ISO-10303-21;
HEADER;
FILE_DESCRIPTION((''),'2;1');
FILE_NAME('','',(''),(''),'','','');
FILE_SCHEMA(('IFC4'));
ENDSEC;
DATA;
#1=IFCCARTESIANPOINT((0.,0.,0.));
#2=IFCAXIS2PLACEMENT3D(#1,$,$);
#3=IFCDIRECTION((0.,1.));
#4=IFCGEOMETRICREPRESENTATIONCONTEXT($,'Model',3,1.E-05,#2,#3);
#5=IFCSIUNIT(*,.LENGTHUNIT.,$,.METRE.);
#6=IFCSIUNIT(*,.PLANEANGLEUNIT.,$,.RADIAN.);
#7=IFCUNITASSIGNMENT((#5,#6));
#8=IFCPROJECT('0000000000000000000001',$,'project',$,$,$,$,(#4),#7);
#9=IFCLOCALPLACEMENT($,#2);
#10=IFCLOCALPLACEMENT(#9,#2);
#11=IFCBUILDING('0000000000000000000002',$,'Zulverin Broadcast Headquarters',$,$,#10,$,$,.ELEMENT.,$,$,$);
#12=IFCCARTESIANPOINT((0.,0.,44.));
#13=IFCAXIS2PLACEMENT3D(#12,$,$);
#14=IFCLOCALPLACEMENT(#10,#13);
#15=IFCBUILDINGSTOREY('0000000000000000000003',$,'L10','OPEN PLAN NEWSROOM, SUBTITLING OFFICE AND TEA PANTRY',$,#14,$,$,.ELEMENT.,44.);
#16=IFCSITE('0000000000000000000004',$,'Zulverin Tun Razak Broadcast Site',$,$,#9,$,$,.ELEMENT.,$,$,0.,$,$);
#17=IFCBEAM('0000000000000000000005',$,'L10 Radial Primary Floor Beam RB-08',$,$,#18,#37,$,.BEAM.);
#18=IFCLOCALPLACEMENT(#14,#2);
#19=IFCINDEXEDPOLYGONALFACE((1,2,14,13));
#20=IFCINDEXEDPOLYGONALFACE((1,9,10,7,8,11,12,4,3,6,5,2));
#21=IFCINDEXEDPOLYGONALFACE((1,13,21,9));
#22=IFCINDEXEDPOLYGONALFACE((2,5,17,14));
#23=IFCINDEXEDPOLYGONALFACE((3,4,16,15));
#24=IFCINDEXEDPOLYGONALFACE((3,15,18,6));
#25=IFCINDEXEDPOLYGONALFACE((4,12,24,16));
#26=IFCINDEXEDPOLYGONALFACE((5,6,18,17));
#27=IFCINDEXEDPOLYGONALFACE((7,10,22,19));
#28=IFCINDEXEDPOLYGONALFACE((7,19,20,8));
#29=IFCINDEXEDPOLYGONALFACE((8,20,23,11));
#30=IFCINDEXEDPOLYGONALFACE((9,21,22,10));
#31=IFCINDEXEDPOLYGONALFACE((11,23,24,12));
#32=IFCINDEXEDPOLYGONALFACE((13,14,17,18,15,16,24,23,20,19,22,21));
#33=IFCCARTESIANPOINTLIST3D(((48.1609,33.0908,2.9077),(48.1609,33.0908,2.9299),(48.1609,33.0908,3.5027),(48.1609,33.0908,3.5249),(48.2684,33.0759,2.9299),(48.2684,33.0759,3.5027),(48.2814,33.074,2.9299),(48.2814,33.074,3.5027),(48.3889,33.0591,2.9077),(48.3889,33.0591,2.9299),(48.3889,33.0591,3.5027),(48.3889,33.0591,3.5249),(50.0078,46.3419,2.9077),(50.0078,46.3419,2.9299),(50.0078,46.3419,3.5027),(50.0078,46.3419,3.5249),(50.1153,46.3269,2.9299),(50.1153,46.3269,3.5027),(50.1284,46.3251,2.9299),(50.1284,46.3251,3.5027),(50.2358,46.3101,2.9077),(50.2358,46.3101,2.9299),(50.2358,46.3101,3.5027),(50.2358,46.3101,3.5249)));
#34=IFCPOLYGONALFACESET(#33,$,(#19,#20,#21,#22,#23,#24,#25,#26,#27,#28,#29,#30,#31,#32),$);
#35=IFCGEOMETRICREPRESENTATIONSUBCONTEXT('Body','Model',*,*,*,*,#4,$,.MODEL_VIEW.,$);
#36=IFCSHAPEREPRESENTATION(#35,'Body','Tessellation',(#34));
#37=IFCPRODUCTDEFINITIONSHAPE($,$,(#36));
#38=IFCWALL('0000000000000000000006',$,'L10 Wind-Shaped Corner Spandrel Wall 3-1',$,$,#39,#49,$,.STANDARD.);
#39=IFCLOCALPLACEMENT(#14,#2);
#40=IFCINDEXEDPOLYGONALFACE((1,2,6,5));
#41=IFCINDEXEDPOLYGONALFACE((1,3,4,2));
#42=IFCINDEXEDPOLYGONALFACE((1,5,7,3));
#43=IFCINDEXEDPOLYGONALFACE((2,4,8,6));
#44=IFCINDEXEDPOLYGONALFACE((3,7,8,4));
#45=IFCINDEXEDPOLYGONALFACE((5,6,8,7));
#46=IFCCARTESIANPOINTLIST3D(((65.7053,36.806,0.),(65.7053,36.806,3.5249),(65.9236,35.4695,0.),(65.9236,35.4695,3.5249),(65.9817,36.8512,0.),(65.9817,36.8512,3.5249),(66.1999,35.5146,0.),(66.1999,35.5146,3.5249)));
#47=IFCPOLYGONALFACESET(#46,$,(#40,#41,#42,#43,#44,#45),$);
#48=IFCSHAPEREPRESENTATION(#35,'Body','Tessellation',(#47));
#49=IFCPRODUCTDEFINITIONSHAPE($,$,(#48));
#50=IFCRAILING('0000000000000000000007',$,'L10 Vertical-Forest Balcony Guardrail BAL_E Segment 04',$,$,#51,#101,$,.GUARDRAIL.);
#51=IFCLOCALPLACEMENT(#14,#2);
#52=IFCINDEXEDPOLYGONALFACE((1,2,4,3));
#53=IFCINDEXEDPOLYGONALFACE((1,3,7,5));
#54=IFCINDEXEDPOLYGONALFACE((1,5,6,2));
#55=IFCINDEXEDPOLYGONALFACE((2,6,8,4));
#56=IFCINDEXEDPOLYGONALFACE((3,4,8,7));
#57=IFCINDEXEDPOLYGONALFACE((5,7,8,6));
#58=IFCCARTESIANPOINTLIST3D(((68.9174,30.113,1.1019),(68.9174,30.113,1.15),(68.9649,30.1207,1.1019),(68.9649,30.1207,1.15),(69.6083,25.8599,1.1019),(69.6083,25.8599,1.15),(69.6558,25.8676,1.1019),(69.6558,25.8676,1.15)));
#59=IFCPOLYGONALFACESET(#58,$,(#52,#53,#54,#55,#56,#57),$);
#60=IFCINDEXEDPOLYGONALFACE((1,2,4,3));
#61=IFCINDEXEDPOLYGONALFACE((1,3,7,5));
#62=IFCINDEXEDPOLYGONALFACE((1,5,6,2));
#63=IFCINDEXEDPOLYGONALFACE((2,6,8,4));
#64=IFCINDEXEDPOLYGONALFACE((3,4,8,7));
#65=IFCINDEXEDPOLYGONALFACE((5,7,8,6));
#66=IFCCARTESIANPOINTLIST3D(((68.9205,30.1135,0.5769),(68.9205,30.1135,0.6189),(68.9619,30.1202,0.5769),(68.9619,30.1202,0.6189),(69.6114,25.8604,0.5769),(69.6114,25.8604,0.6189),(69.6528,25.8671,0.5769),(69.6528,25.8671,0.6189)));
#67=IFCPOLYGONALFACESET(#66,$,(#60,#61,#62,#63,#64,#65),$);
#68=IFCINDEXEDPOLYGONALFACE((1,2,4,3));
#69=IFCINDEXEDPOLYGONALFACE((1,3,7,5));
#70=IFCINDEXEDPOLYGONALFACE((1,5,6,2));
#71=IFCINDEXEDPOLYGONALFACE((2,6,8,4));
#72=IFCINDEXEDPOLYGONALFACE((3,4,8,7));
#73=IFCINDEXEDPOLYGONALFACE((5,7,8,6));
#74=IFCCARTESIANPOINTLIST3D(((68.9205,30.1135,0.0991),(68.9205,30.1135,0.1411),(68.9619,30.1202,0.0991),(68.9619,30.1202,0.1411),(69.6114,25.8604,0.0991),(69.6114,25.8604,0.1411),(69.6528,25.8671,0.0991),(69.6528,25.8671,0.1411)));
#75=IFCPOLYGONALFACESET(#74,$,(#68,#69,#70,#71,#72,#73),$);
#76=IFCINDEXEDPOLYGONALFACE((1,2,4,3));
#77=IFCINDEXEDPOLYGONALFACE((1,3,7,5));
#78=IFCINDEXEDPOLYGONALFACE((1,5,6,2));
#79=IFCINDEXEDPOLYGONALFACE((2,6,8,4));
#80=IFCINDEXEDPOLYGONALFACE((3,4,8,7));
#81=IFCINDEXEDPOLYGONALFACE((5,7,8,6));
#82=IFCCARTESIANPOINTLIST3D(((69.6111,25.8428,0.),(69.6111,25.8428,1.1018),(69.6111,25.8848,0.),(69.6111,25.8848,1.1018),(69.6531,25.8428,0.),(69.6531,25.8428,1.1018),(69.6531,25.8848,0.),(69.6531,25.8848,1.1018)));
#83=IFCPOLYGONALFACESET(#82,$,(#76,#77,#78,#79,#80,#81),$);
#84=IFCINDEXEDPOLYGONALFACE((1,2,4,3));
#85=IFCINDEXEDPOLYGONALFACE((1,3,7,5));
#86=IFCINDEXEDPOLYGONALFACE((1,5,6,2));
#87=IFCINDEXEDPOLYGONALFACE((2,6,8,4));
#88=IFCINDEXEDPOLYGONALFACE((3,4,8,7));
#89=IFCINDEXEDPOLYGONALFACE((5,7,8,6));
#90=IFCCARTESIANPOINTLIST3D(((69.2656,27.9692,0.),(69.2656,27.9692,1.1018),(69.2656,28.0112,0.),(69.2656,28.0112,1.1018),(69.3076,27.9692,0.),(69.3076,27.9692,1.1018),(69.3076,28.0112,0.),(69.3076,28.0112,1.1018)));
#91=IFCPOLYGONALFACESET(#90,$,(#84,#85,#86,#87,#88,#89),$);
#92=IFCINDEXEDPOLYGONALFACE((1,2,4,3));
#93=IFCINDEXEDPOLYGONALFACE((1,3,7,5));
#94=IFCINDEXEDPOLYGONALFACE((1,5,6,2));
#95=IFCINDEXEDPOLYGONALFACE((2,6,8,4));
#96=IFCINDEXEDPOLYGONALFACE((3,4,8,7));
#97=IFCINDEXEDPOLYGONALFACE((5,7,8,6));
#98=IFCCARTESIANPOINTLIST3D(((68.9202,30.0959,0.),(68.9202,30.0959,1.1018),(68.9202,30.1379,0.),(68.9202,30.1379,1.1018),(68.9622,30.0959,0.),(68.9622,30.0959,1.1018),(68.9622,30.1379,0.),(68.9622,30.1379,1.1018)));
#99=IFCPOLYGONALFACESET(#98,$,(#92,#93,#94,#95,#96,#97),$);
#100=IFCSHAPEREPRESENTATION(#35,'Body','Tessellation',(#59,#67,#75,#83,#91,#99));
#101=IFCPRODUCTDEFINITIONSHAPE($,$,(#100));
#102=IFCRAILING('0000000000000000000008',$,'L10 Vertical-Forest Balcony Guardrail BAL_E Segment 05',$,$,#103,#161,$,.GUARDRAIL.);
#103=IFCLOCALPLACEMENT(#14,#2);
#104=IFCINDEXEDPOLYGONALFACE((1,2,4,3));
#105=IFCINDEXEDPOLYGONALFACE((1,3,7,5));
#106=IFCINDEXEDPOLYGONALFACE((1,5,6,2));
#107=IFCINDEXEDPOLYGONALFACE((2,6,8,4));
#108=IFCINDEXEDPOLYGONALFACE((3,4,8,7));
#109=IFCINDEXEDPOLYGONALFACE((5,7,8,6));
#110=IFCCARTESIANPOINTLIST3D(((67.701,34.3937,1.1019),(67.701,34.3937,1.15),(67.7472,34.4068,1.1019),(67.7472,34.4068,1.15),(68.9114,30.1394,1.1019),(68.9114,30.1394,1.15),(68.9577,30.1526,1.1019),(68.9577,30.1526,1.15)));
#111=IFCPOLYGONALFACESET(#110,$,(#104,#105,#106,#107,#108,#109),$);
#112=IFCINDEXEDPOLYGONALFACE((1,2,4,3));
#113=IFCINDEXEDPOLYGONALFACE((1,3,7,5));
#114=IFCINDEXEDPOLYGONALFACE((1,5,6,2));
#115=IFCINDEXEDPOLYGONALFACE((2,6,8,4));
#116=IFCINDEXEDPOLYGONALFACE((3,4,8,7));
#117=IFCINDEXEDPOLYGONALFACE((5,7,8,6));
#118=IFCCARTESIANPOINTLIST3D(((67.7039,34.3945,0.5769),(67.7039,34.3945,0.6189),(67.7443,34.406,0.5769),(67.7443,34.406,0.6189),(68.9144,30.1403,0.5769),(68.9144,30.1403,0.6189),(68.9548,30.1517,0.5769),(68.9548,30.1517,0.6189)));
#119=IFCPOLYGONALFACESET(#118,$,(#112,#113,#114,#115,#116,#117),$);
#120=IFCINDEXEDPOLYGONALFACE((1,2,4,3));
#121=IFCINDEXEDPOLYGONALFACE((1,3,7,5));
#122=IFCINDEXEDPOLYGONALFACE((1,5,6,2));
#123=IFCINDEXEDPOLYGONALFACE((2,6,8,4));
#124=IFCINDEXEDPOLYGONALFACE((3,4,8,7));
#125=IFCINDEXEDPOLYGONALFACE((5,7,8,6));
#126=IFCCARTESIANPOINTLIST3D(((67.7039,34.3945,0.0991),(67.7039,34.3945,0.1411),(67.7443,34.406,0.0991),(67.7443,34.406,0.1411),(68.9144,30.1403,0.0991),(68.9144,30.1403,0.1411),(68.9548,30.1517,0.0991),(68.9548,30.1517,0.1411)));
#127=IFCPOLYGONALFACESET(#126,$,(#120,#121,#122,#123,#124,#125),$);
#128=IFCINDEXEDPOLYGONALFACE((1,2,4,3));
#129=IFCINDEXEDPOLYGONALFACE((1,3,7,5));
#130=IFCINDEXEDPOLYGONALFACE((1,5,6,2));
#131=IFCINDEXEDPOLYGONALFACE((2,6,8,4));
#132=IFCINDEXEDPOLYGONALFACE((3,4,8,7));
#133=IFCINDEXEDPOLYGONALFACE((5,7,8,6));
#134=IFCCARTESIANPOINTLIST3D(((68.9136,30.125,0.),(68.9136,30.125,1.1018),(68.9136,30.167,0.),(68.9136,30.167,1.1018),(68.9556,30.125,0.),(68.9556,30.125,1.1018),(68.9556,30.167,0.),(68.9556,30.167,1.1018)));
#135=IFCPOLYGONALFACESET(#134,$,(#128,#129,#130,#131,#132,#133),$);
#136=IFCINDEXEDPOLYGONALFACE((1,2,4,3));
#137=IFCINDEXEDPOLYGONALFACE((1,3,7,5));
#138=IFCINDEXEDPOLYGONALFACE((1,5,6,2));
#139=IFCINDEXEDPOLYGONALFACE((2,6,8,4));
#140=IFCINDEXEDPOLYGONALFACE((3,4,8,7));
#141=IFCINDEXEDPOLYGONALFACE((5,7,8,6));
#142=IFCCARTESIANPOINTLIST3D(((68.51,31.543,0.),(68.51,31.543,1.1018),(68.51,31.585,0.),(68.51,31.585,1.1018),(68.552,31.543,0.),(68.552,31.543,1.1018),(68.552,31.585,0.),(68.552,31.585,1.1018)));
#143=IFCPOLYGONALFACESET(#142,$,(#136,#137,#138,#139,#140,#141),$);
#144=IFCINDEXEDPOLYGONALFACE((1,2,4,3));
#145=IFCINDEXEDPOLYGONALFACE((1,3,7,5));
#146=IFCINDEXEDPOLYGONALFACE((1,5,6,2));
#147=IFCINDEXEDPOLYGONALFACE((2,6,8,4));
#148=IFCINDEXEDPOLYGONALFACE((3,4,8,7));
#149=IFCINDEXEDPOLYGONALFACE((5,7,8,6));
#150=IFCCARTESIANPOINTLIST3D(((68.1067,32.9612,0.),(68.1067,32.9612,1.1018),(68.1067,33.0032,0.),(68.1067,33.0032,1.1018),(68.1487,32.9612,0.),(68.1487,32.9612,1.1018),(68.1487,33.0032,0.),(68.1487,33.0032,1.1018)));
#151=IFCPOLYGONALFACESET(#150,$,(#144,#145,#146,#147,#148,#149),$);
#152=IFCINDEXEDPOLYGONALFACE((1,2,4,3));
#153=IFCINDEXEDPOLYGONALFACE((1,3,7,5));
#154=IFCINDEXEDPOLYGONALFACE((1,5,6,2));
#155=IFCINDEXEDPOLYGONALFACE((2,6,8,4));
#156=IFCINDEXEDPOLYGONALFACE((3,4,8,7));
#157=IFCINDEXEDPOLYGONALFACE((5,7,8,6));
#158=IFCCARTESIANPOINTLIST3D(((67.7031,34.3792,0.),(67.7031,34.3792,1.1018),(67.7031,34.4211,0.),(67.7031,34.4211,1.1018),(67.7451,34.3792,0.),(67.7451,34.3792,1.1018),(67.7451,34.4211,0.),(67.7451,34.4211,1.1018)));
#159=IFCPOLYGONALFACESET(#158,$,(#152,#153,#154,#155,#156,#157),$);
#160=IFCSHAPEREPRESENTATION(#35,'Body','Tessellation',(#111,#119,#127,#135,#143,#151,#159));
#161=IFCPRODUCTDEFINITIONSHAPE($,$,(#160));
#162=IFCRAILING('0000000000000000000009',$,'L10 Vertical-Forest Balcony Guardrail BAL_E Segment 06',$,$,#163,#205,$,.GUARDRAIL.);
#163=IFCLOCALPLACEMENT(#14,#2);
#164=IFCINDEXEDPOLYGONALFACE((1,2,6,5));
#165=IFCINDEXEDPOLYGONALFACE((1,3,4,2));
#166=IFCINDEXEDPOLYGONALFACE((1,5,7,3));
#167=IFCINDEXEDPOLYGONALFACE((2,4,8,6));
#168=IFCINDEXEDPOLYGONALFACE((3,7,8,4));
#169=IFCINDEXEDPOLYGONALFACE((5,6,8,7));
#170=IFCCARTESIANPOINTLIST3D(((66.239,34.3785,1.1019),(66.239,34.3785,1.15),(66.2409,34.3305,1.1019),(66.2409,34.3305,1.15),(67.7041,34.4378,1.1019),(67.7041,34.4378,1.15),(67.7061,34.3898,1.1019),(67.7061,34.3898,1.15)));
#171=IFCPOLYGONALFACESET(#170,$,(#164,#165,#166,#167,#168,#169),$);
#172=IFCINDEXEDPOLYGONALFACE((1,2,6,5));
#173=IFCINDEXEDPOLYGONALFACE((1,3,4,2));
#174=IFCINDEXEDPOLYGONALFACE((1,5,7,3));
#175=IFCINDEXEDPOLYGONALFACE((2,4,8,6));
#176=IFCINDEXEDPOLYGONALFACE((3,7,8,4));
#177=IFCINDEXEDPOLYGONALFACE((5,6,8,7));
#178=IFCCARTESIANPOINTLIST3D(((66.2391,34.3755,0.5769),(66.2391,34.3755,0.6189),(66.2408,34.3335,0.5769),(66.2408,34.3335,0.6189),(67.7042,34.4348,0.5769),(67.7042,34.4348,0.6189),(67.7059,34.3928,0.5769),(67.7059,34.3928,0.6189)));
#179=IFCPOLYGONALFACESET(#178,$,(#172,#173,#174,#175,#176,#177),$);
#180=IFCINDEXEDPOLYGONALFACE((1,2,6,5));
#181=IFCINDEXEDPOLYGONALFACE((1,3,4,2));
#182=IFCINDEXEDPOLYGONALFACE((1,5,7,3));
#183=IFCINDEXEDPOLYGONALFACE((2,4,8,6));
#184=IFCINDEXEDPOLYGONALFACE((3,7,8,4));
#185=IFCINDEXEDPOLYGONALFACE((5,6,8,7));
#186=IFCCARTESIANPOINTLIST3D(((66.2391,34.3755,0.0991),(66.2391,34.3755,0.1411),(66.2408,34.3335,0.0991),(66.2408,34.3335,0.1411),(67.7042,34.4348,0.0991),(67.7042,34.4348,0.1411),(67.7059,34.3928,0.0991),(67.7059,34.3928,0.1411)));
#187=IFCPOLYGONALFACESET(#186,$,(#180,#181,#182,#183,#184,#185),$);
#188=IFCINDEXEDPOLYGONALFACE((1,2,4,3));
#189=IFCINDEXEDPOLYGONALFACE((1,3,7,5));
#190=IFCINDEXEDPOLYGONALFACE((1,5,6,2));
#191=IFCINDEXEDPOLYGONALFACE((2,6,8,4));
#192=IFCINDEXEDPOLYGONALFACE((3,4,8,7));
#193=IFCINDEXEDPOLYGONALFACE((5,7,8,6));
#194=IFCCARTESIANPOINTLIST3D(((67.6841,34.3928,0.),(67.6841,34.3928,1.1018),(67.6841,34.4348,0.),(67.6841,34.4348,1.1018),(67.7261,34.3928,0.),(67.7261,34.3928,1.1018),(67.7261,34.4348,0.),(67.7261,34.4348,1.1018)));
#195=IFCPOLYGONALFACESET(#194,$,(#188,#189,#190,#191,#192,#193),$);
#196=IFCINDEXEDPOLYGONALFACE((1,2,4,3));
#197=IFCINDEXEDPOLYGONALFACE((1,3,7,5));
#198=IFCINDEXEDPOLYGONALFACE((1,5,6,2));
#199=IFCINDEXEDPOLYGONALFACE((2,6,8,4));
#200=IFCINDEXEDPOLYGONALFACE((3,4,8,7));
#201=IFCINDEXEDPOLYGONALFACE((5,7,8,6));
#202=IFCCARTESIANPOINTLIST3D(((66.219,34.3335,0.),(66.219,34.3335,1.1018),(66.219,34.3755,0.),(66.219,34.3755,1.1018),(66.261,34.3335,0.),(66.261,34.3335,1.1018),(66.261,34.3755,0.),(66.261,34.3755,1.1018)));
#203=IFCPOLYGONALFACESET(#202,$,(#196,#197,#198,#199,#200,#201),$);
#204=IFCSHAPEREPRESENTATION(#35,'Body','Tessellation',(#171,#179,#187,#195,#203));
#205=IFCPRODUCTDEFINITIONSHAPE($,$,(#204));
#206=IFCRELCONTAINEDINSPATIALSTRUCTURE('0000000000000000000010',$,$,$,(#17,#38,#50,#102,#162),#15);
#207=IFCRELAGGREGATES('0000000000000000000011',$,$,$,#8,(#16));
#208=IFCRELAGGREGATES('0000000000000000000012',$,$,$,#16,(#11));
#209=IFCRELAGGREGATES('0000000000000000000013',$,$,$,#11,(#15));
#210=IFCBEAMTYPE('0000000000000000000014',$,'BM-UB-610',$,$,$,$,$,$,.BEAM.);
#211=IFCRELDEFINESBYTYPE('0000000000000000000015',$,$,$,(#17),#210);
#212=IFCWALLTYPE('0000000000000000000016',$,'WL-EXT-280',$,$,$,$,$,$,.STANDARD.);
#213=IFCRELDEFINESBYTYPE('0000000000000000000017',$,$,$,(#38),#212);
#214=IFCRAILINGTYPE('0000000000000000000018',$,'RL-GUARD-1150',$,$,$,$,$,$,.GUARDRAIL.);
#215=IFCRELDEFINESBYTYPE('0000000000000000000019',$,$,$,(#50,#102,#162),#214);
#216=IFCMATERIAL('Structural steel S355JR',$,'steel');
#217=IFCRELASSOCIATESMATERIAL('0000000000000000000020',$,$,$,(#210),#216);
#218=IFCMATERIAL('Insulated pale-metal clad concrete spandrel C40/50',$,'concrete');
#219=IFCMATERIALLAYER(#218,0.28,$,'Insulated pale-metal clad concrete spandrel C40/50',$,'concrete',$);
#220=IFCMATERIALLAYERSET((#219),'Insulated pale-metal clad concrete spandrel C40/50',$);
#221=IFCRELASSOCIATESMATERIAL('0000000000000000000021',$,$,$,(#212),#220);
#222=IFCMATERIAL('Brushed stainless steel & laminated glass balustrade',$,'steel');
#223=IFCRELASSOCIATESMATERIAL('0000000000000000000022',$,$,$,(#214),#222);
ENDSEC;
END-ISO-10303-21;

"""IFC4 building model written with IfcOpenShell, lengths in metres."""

from ifc_helpers import new_model, si_unit, direction, frame, frame_2d, origin, origin_2d, place, context, subcontext, project, spatial, rectangle, i_section, extrude, material, layer, layer_set, material_profile, profile_set, type_object, element, save


model = new_model("IFC4")

# Units and contexts
model_context = context("Model", 3, precision=1e-05, world=origin(), true_north=direction((0.0, 1.0)))
body_context = subcontext(model_context, "Body", "Model", "MODEL_VIEW")
ifc_project = project(units=[si_unit("LENGTHUNIT", "METRE"), si_unit("PLANEANGLEUNIT", "RADIAN")], contexts=[model_context])

# Site, building, storey
site_placement = place(None, origin())
site = spatial("IfcSite", under=ifc_project, at=site_placement, Name="Zulverin Tun Razak Broadcast Site", CompositionType="ELEMENT", RefElevation=0.0)
building_placement = place(site_placement, origin())
building = spatial("IfcBuilding", under=site, at=building_placement, Name="Zulverin Broadcast Headquarters", CompositionType="ELEMENT")
storey_placement = place(building_placement, frame((0.0, 0.0, 44.0)))
storey = spatial("IfcBuildingStorey", under=building, at=storey_placement, Name="L10", Description="OPEN PLAN NEWSROOM, SUBTITLING OFFICE AND TEA PANTRY", CompositionType="ELEMENT", Elevation=44.0)

# Beam
ifc_material_1 = material(Name="Structural steel S355JR", Category="steel")
ifc_material_profile_1 = material_profile(ifc_material_1, i_section(OverallWidth=0.2302, OverallDepth=0.6172, WebThickness=0.0132, FlangeThickness=0.0222, at=origin_2d()), Name="Structural steel S355JR", Category="steel")
ifc_profile_set_1 = profile_set([ifc_material_profile_1], Name="Structural steel S355JR")
beam_type_1 = type_object("IfcBeamType", Name="BM-UB-610", PredefinedType="BEAM", material=ifc_profile_set_1)
beam_1_placement = place(storey_placement, frame((48.2749, 33.075, 3.2163), z_axis=(0.138046, 0.990426, 0.0), x_axis=(-0.990426, 0.138046, 0.0)))
element("IfcBeam", 1, at=beam_1_placement, inside=storey, type_object=beam_type_1, Name="L10 Radial Primary Floor Beam RB-08", PredefinedType="BEAM", context=body_context, shape_type="SweptSolid", body=[
    extrude(i_section(OverallWidth=0.2302, OverallDepth=0.6172, WebThickness=0.0132, FlangeThickness=0.0222, at=origin_2d()), origin(), (0.0, 0.0, 1.0), 13.3792),
])

# Wall
ifc_material_2 = material(Name="Insulated pale-metal clad concrete spandrel C40/50", Category="concrete")
ifc_layer_1 = layer(ifc_material_2, 0.28, Name="Insulated pale-metal clad concrete spandrel C40/50", Category="concrete")
ifc_layer_set_1 = layer_set([ifc_layer_1], Name="Insulated pale-metal clad concrete spandrel C40/50")
wall_type = type_object("IfcWallType", Name="WL-EXT-280", PredefinedType="STANDARD", material=ifc_layer_set_1)
wall_placement = place(storey_placement, frame((66.0618, 35.4919, 0.0), z_axis=(0.0, 0.0, 1.0), x_axis=(-0.161182, 0.986925, 0.0)))
element("IfcWall", 2, at=wall_placement, inside=storey, type_object=wall_type, Name="L10 Wind-Shaped Corner Spandrel Wall 3-1", PredefinedType="STANDARD", context=body_context, shape_type="SweptSolid", body=[
    extrude(rectangle(XDim=1.3542, YDim=0.28, at=frame_2d((0.6772, 0.0))), origin(), (0.0, 0.0, 1.0), 3.5249),
])

# Railings
ifc_material_3 = material(Name="Brushed stainless steel & laminated glass balustrade", Category="steel")
railing_type = type_object("IfcRailingType", Name="RL-GUARD-1150", PredefinedType="GUARDRAIL", material=ifc_material_3)
railing_1_placement = place(storey_placement, frame((69.6321, 25.8638, 0.0)))
element("IfcRailing", 3, at=railing_1_placement, inside=storey, type_object=railing_type, Name="L10 Vertical-Forest Balcony Guardrail BAL_E Segment 04", PredefinedType="GUARDRAIL", context=body_context, shape_type="SweptSolid", body=[
    extrude(rectangle(XDim=0.0481, YDim=0.0481, at=origin_2d()), frame((0.0, 0.0, 1.126), z_axis=(-0.160346, 0.987061, 0.0), x_axis=(-0.987061, -0.160346, 0.0)), (0.0, 0.0, 1.0), 4.3088),
    extrude(rectangle(XDim=0.042, YDim=0.042, at=origin_2d()), frame((0.0, 0.0, 0.5979), z_axis=(-0.160346, 0.987061, 0.0), x_axis=(-0.987061, -0.160346, 0.0)), (0.0, 0.0, 1.0), 4.3088),
    extrude(rectangle(XDim=0.042, YDim=0.042, at=origin_2d()), frame((0.0, 0.0, 0.1201), z_axis=(-0.160346, 0.987061, 0.0), x_axis=(-0.987061, -0.160346, 0.0)), (0.0, 0.0, 1.0), 4.3088),
    extrude(rectangle(XDim=0.042, YDim=0.042, at=origin_2d()), origin(), (0.0, 0.0, 1.0), 1.1018),
    extrude(rectangle(XDim=0.042, YDim=0.042, at=origin_2d()), frame((-0.3455, 2.1265, 0.0)), (0.0, 0.0, 1.0), 1.1018),
    extrude(rectangle(XDim=0.042, YDim=0.042, at=origin_2d()), frame((-0.6909, 4.2532, 0.0)), (0.0, 0.0, 1.0), 1.1018),
])
railing_2_placement = place(storey_placement, frame((68.9346, 30.146, 0.0)))
element("IfcRailing", 4, at=railing_2_placement, inside=storey, type_object=railing_type, Name="L10 Vertical-Forest Balcony Guardrail BAL_E Segment 05", PredefinedType="GUARDRAIL", context=body_context, shape_type="SweptSolid", body=[
    extrude(rectangle(XDim=0.0481, YDim=0.0481, at=origin_2d()), frame((0.0, 0.0, 1.126), z_axis=(-0.273671, 0.961823, 0.0), x_axis=(-0.961823, -0.273671, 0.0)), (0.0, 0.0, 1.0), 4.4231),
    extrude(rectangle(XDim=0.042, YDim=0.042, at=origin_2d()), frame((0.0, 0.0, 0.5979), z_axis=(-0.273671, 0.961823, 0.0), x_axis=(-0.961823, -0.273671, 0.0)), (0.0, 0.0, 1.0), 4.4231),
    extrude(rectangle(XDim=0.042, YDim=0.042, at=origin_2d()), frame((0.0, 0.0, 0.1201), z_axis=(-0.273671, 0.961823, 0.0), x_axis=(-0.961823, -0.273671, 0.0)), (0.0, 0.0, 1.0), 4.4231),
    extrude(rectangle(XDim=0.042, YDim=0.042, at=origin_2d()), origin(), (0.0, 0.0, 1.0), 1.1018),
    extrude(rectangle(XDim=0.042, YDim=0.042, at=origin_2d()), frame((-0.4036, 1.418, 0.0)), (0.0, 0.0, 1.0), 1.1018),
    extrude(rectangle(XDim=0.042, YDim=0.042, at=origin_2d()), frame((-0.8069, 2.8362, 0.0)), (0.0, 0.0, 1.0), 1.1018),
    extrude(rectangle(XDim=0.042, YDim=0.042, at=origin_2d()), frame((-1.2104, 4.2542, 0.0)), (0.0, 0.0, 1.0), 1.1018),
])
railing_3_placement = place(storey_placement, frame((67.7051, 34.4138, 0.0)))
element("IfcRailing", 5, at=railing_3_placement, inside=storey, type_object=railing_type, Name="L10 Vertical-Forest Balcony Guardrail BAL_E Segment 06", PredefinedType="GUARDRAIL", context=body_context, shape_type="SweptSolid", body=[
    extrude(rectangle(XDim=0.0481, YDim=0.0481, at=origin_2d()), frame((0.0, 0.0, 1.126), z_axis=(-0.999181, -0.04046, 0.0), x_axis=(0.04046, -0.999181, 0.0)), (0.0, 0.0, 1.0), 1.4663),
    extrude(rectangle(XDim=0.042, YDim=0.042, at=origin_2d()), frame((0.0, 0.0, 0.5979), z_axis=(-0.999181, -0.04046, 0.0), x_axis=(0.04046, -0.999181, 0.0)), (0.0, 0.0, 1.0), 1.4663),
    extrude(rectangle(XDim=0.042, YDim=0.042, at=origin_2d()), frame((0.0, 0.0, 0.1201), z_axis=(-0.999181, -0.04046, 0.0), x_axis=(0.04046, -0.999181, 0.0)), (0.0, 0.0, 1.0), 1.4663),
    extrude(rectangle(XDim=0.042, YDim=0.042, at=origin_2d()), origin(), (0.0, 0.0, 1.0), 1.1018),
    extrude(rectangle(XDim=0.042, YDim=0.042, at=origin_2d()), frame((-1.4651, -0.0593, 0.0)), (0.0, 0.0, 1.0), 1.1018),
])

save(model, "model.ifc")
